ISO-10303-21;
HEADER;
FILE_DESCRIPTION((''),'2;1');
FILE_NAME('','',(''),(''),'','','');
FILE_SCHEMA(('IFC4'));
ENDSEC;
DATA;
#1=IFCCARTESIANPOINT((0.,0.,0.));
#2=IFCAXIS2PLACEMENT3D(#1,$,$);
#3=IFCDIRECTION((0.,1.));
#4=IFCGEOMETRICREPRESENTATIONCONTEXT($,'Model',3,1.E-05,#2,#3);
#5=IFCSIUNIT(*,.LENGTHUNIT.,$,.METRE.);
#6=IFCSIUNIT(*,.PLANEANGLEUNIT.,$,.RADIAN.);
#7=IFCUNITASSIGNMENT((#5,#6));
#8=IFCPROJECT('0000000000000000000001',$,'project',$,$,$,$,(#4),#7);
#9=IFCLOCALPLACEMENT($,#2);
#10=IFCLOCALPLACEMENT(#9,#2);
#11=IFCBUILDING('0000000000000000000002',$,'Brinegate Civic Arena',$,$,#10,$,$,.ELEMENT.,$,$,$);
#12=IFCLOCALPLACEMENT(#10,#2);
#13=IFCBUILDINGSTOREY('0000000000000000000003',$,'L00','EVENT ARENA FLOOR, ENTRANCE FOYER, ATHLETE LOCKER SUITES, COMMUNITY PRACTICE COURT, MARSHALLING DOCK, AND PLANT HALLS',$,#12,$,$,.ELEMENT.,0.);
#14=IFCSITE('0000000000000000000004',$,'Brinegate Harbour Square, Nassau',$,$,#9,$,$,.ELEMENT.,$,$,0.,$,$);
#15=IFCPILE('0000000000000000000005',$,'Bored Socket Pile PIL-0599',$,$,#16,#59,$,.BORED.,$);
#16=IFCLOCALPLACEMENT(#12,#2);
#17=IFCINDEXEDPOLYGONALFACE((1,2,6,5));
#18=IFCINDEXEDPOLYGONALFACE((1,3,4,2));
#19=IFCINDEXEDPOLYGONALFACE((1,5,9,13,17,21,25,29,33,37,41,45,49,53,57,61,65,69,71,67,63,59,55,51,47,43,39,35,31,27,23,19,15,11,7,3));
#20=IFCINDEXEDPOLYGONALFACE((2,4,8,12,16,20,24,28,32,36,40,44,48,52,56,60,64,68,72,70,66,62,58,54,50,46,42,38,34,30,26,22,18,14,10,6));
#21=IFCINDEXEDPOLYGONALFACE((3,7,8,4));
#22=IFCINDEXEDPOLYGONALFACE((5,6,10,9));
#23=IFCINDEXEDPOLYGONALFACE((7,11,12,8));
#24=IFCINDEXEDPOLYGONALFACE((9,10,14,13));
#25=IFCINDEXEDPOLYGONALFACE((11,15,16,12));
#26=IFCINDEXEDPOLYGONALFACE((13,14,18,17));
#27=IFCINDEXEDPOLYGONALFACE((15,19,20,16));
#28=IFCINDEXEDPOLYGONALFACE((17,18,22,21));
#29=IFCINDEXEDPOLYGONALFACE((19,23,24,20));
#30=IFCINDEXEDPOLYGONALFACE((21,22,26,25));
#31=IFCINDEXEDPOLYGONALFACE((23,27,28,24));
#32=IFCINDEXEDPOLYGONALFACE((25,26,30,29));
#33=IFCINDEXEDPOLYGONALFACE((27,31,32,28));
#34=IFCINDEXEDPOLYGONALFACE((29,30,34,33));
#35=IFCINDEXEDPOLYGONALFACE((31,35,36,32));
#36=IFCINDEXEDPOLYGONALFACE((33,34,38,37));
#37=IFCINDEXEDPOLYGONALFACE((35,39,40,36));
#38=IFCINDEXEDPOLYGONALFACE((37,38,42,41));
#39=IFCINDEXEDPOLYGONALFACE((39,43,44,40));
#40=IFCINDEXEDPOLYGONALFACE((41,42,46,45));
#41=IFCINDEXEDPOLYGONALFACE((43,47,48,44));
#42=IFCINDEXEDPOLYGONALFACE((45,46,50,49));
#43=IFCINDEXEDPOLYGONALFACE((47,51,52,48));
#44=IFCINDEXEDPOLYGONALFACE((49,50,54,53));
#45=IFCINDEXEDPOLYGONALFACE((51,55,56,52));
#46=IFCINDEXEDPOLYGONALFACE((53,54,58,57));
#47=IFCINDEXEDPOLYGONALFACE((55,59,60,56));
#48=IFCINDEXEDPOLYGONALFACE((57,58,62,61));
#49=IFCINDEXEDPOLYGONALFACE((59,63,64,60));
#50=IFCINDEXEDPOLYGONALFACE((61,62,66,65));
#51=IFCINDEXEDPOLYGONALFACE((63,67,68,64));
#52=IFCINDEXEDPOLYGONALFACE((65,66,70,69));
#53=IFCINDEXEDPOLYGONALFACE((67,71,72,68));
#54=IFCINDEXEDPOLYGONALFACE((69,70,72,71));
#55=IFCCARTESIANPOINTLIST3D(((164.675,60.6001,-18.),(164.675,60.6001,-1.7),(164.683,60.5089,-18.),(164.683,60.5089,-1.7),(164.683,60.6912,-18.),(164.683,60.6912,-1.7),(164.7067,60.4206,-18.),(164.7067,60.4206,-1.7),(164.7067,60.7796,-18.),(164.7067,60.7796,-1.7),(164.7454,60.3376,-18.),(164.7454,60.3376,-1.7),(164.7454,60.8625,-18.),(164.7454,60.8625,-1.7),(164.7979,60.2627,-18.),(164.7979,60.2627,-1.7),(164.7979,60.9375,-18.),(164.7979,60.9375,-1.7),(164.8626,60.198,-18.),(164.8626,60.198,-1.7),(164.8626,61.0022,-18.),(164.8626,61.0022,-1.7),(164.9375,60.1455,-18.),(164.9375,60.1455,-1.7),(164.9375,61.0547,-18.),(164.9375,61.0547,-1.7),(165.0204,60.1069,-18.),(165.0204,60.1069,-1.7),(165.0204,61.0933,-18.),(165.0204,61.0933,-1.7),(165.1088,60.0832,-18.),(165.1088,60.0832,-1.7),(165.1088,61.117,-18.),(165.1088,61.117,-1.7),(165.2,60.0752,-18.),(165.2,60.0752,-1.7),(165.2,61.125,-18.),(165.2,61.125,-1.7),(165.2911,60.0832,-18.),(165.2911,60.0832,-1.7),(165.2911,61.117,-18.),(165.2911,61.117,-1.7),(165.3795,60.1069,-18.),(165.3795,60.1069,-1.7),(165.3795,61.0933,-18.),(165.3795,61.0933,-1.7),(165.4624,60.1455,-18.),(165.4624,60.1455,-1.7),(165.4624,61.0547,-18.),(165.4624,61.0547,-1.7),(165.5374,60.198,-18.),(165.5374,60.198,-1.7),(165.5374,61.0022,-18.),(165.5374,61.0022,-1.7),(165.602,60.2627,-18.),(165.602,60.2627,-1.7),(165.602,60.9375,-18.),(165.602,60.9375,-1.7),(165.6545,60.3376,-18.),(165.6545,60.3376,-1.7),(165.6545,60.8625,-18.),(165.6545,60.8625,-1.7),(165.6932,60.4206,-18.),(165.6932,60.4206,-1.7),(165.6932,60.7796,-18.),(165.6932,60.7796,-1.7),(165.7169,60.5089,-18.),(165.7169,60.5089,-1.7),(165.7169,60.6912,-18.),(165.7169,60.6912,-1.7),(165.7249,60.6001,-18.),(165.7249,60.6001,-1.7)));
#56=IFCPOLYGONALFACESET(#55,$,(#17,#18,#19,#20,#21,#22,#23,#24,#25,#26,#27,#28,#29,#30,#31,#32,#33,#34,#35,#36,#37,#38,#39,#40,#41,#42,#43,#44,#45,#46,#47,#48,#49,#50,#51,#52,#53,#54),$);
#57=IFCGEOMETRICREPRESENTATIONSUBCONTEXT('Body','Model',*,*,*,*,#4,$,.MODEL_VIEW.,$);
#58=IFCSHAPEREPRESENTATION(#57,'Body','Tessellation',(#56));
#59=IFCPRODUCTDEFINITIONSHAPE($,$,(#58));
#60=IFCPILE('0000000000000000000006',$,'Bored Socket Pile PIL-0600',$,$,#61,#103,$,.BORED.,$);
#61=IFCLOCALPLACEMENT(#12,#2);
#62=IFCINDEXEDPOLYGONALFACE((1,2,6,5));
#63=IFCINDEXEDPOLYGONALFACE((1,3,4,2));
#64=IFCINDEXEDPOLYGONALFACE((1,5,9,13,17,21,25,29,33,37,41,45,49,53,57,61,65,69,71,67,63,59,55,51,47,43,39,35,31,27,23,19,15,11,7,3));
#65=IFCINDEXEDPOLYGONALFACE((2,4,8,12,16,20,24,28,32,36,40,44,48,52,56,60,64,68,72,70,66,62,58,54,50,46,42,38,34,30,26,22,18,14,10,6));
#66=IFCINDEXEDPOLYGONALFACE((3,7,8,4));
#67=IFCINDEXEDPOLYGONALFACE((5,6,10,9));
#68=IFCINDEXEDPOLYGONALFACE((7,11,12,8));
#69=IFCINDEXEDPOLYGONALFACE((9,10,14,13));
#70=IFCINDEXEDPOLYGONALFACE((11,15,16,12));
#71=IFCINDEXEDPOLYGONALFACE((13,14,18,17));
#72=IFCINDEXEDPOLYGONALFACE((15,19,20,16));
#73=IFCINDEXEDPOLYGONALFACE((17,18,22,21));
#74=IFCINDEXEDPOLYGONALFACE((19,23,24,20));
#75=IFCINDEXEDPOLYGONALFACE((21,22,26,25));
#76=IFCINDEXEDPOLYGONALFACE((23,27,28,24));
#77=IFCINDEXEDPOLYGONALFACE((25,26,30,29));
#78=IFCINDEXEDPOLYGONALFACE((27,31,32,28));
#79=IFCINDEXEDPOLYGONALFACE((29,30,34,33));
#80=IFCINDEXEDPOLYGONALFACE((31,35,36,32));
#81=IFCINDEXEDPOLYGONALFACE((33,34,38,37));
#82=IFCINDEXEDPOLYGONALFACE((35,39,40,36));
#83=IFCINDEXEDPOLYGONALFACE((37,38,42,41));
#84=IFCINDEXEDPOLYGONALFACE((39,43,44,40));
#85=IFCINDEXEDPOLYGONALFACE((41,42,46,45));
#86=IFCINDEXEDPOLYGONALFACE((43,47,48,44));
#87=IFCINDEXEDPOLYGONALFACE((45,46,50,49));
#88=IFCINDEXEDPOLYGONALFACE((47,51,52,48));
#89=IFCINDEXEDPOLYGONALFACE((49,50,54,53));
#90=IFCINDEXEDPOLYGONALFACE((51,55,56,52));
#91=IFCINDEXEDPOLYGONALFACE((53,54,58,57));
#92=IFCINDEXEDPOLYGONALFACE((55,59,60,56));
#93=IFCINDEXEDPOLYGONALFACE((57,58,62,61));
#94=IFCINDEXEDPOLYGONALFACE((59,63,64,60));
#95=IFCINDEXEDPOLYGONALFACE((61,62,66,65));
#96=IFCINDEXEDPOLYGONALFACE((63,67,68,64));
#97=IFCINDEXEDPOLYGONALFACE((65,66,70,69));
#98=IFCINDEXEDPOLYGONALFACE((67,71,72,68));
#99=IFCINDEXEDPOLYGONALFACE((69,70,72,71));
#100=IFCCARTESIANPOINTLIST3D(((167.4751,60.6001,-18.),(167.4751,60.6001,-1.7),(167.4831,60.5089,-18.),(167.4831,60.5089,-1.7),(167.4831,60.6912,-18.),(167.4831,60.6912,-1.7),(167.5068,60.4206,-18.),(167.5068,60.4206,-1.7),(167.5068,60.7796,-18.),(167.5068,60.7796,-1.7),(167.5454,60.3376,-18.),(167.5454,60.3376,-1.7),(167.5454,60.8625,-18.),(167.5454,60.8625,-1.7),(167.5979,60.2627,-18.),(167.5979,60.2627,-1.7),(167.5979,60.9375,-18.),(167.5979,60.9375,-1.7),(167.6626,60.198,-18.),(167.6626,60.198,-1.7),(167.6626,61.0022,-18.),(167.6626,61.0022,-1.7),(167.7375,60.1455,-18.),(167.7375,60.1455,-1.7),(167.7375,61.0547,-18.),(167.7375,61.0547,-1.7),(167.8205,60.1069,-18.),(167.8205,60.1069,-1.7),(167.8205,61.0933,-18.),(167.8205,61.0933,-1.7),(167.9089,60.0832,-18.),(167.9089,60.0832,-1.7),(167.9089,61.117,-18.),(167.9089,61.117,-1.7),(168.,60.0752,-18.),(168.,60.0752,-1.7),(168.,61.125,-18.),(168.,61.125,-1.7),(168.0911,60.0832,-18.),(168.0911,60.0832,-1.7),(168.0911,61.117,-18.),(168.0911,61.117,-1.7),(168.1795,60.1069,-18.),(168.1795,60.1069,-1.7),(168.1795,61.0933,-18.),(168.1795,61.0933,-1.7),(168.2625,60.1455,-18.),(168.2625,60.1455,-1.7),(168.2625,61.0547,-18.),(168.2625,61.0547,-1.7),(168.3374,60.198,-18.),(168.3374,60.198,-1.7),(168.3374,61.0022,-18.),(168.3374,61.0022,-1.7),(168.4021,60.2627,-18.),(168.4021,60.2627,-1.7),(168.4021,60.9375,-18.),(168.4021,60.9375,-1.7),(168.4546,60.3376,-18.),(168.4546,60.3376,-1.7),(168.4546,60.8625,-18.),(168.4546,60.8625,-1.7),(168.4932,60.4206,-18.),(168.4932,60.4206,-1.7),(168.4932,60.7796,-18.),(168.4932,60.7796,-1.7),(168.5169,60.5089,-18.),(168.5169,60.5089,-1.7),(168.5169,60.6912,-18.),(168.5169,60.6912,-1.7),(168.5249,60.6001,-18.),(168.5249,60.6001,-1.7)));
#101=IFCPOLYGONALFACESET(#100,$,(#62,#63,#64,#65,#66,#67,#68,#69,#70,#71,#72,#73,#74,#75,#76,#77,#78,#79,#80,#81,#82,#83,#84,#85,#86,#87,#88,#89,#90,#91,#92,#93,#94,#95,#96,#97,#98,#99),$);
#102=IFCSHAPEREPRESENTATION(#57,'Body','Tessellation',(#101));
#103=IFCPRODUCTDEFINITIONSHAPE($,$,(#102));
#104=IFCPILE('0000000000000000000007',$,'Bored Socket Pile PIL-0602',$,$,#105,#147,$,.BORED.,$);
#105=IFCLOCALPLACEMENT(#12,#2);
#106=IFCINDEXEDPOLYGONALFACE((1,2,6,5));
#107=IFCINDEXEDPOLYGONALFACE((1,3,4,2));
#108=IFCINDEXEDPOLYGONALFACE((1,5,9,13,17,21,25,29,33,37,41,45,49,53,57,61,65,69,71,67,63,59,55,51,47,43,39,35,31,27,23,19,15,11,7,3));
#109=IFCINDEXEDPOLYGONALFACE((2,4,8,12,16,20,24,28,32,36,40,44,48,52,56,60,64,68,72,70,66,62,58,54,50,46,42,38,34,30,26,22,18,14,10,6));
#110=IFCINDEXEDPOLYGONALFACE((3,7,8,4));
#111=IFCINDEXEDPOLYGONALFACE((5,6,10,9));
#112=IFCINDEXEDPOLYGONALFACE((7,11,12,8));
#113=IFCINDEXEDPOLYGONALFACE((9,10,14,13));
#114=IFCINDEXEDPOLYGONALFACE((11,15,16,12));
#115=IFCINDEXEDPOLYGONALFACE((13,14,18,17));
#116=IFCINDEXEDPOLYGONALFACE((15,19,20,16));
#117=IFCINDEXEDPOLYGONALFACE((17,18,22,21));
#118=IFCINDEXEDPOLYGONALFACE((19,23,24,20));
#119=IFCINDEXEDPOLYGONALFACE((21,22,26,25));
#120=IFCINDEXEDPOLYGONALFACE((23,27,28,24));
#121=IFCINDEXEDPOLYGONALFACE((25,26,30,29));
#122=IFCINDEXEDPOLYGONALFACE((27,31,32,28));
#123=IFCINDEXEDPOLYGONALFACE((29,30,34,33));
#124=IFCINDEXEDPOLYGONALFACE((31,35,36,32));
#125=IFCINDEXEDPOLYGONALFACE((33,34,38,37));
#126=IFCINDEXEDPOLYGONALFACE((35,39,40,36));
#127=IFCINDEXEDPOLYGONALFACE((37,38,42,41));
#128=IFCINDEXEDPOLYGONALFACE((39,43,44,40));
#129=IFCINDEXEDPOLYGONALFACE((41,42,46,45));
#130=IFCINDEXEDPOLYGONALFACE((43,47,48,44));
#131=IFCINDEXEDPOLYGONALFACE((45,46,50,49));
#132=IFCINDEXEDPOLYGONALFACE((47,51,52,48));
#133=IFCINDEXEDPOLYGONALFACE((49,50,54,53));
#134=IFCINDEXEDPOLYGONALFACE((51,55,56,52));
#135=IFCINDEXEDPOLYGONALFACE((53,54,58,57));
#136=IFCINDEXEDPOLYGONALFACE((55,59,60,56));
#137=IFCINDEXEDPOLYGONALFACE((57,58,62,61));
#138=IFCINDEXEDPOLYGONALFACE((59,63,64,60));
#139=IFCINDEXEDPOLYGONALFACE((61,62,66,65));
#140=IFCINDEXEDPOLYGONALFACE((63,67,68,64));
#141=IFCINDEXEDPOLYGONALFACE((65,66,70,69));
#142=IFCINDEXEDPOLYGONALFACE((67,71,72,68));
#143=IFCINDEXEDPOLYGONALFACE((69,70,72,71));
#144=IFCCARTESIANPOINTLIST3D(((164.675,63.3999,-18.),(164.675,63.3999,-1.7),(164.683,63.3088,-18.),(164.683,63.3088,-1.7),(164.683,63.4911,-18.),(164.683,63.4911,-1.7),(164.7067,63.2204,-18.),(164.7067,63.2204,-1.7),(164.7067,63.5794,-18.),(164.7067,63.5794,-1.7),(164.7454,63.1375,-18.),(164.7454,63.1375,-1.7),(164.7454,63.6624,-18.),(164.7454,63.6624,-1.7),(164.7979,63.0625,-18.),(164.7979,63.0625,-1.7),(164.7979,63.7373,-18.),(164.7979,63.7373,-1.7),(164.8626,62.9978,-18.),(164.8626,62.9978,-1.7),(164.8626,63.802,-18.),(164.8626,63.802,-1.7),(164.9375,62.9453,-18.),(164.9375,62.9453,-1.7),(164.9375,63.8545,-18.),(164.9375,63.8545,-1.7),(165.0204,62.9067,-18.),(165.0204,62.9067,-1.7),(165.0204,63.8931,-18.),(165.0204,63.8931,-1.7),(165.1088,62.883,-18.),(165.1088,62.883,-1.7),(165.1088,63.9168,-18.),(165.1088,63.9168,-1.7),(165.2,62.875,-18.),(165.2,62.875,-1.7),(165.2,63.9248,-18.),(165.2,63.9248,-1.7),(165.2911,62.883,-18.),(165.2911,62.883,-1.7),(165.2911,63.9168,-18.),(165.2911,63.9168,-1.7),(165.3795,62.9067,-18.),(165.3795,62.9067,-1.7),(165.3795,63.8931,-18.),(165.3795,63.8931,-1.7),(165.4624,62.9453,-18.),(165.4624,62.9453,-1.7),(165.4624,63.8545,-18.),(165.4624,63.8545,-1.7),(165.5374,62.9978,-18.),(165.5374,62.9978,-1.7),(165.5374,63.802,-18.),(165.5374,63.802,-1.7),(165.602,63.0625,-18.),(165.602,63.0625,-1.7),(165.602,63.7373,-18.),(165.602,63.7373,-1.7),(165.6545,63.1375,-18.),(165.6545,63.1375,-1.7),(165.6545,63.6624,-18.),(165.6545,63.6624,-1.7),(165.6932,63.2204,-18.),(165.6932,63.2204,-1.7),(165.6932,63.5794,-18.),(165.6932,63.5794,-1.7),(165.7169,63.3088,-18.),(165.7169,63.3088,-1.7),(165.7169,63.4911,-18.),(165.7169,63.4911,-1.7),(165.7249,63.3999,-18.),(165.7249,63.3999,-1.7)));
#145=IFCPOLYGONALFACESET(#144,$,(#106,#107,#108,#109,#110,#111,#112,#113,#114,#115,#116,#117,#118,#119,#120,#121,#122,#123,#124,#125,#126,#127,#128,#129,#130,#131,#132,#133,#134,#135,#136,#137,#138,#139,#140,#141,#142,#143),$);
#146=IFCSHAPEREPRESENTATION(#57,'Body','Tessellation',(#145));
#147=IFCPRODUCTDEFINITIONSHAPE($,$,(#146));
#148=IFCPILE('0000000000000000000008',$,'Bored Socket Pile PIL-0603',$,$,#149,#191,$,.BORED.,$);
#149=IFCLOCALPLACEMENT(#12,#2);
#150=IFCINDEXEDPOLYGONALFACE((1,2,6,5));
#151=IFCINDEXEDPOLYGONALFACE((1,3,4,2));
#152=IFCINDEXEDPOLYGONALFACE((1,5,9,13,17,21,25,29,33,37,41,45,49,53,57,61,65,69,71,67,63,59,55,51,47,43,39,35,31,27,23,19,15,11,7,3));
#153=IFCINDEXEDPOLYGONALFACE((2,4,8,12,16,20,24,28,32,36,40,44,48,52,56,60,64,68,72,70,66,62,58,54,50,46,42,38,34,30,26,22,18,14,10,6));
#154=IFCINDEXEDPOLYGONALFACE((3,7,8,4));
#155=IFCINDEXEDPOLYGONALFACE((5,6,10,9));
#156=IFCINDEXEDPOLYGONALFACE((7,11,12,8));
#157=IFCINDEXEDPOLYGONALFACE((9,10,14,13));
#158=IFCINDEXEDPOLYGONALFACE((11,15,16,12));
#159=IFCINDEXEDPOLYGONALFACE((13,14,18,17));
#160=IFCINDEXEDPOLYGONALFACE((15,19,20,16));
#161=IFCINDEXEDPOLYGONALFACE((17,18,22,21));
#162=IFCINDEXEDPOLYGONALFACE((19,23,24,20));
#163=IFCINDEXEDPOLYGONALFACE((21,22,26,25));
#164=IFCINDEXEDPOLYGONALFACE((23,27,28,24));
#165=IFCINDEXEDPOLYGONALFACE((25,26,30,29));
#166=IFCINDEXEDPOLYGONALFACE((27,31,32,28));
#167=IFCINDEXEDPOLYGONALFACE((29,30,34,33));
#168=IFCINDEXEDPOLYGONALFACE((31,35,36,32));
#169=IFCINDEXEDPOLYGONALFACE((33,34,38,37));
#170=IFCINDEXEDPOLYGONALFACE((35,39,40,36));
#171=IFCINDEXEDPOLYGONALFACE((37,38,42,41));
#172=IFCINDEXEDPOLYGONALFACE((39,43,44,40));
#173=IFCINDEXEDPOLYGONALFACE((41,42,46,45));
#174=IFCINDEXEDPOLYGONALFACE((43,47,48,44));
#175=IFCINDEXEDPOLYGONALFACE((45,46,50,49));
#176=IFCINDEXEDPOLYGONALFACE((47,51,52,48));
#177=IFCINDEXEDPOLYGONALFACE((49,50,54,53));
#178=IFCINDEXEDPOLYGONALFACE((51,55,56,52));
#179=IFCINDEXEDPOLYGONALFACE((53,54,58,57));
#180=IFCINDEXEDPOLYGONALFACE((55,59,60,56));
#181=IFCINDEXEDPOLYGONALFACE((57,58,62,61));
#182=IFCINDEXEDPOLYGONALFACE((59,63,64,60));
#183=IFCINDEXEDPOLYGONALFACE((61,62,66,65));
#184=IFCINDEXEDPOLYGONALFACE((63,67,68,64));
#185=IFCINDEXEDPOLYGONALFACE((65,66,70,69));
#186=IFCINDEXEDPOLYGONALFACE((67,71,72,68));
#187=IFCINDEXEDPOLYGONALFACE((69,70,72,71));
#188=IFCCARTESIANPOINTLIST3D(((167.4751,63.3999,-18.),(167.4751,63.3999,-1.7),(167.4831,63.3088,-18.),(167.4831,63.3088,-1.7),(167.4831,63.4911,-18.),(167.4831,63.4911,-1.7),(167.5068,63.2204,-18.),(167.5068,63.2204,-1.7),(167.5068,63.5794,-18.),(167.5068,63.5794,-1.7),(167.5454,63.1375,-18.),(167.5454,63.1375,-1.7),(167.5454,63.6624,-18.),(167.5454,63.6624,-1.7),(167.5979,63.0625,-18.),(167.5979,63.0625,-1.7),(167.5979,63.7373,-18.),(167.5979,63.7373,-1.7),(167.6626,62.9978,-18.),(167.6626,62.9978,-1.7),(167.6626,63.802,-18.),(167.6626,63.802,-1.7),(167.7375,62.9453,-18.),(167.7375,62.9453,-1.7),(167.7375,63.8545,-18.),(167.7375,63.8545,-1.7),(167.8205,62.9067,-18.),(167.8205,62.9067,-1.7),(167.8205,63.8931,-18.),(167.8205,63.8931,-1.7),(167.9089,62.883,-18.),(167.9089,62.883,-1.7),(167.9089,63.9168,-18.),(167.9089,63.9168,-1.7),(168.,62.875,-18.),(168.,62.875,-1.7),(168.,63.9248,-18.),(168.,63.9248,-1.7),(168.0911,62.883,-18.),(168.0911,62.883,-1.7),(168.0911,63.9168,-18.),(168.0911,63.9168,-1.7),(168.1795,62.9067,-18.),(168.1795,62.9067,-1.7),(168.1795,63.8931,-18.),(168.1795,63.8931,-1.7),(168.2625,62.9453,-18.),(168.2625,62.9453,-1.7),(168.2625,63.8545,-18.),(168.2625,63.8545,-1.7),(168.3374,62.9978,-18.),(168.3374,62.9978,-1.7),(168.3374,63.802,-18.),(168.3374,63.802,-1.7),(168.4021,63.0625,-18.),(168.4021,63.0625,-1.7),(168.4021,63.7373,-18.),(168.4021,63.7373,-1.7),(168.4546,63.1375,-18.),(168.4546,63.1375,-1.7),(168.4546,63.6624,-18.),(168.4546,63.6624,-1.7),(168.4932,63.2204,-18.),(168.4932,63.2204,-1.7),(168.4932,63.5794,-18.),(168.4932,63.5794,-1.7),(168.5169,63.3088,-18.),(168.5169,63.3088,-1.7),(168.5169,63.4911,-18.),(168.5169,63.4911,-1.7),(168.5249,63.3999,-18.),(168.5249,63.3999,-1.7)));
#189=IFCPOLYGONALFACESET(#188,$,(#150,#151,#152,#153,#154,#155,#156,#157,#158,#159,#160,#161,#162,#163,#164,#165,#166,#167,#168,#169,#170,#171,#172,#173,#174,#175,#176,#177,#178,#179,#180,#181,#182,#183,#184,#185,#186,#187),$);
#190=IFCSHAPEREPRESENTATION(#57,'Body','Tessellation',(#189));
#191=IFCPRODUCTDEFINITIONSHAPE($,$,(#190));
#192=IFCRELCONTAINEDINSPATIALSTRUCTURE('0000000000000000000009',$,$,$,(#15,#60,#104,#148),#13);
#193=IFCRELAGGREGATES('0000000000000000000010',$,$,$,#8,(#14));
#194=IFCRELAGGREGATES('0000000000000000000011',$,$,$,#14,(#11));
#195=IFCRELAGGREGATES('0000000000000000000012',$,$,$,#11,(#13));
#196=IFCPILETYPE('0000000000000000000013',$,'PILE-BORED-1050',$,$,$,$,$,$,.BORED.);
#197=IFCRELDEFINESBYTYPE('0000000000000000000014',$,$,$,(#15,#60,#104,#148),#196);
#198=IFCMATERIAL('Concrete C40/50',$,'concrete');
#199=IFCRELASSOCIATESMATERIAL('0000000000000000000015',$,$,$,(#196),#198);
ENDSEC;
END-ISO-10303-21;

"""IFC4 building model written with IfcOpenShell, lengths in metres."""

from ifc_helpers import new_model, si_unit, direction, frame, origin, origin_2d, place, context, subcontext, project, spatial, circle, extrude, material, material_profile, profile_set, type_object, element, save


model = new_model("IFC4")

# Units and contexts
model_context = context("Model", 3, precision=1e-05, world=origin(), true_north=direction((0.0, 1.0)))
body_context = subcontext(model_context, "Body", "Model", "MODEL_VIEW")
ifc_project = project(units=[si_unit("LENGTHUNIT", "METRE"), si_unit("PLANEANGLEUNIT", "RADIAN")], contexts=[model_context])

# Site, building, storey
site_placement = place(None, origin())
site = spatial("IfcSite", under=ifc_project, at=site_placement, Name="Brinegate Harbour Square, Nassau", CompositionType="ELEMENT", RefElevation=0.0)
building_placement = place(site_placement, origin())
building = spatial("IfcBuilding", under=site, at=building_placement, Name="Brinegate Civic Arena", CompositionType="ELEMENT")
storey_placement = place(building_placement, origin())
storey = spatial("IfcBuildingStorey", under=building, at=storey_placement, Name="L00", Description="EVENT ARENA FLOOR, ENTRANCE FOYER, ATHLETE LOCKER SUITES, COMMUNITY PRACTICE COURT, MARSHALLING DOCK, AND PLANT HALLS", CompositionType="ELEMENT", Elevation=0.0)

# Shared definitions
ifc_material_1 = material(Name="Concrete C40/50", Category="concrete")

# Piles
ifc_material_profile_1 = material_profile(ifc_material_1, circle(Radius=0.5249, at=origin_2d()), Name="PILED1050")
ifc_profile_set_1 = profile_set([ifc_material_profile_1], Name="Concrete C40/50")
pile_type_1 = type_object("IfcPileType", Name="PILE-BORED-1050", PredefinedType="BORED", material=ifc_profile_set_1)
for number, where, z_axis, x_axis, name in (
    (1, (165.2, 60.6001, -1.7), (0.0, 0.0, -1.0), (1.0, 0.0, 0.0), "Bored Socket Pile PIL-0599"),
    (2, (168.0, 60.6001, -1.7), (0.0, 0.0, -1.0), (1.0, 0.0, 0.0), "Bored Socket Pile PIL-0600"),
    (3, (165.2, 63.3999, -1.7), (0.0, 0.0, -1.0), (1.0, 0.0, 0.0), "Bored Socket Pile PIL-0602"),
    (4, (168.0, 63.3999, -1.7), (0.0, 0.0, -1.0), (1.0, 0.0, 0.0), "Bored Socket Pile PIL-0603"),
):
    element("IfcPile", number, at=place(storey_placement, frame(where, z_axis=z_axis, x_axis=x_axis)), inside=storey, type_object=pile_type_1, Name=name, PredefinedType="BORED", context=body_context, shape_type="SweptSolid", body=[
        extrude(circle(Radius=0.5249, at=origin_2d()), origin(), (0.0, 0.0, 1.0), 16.3),
    ])

save(model, "model.ifc")
